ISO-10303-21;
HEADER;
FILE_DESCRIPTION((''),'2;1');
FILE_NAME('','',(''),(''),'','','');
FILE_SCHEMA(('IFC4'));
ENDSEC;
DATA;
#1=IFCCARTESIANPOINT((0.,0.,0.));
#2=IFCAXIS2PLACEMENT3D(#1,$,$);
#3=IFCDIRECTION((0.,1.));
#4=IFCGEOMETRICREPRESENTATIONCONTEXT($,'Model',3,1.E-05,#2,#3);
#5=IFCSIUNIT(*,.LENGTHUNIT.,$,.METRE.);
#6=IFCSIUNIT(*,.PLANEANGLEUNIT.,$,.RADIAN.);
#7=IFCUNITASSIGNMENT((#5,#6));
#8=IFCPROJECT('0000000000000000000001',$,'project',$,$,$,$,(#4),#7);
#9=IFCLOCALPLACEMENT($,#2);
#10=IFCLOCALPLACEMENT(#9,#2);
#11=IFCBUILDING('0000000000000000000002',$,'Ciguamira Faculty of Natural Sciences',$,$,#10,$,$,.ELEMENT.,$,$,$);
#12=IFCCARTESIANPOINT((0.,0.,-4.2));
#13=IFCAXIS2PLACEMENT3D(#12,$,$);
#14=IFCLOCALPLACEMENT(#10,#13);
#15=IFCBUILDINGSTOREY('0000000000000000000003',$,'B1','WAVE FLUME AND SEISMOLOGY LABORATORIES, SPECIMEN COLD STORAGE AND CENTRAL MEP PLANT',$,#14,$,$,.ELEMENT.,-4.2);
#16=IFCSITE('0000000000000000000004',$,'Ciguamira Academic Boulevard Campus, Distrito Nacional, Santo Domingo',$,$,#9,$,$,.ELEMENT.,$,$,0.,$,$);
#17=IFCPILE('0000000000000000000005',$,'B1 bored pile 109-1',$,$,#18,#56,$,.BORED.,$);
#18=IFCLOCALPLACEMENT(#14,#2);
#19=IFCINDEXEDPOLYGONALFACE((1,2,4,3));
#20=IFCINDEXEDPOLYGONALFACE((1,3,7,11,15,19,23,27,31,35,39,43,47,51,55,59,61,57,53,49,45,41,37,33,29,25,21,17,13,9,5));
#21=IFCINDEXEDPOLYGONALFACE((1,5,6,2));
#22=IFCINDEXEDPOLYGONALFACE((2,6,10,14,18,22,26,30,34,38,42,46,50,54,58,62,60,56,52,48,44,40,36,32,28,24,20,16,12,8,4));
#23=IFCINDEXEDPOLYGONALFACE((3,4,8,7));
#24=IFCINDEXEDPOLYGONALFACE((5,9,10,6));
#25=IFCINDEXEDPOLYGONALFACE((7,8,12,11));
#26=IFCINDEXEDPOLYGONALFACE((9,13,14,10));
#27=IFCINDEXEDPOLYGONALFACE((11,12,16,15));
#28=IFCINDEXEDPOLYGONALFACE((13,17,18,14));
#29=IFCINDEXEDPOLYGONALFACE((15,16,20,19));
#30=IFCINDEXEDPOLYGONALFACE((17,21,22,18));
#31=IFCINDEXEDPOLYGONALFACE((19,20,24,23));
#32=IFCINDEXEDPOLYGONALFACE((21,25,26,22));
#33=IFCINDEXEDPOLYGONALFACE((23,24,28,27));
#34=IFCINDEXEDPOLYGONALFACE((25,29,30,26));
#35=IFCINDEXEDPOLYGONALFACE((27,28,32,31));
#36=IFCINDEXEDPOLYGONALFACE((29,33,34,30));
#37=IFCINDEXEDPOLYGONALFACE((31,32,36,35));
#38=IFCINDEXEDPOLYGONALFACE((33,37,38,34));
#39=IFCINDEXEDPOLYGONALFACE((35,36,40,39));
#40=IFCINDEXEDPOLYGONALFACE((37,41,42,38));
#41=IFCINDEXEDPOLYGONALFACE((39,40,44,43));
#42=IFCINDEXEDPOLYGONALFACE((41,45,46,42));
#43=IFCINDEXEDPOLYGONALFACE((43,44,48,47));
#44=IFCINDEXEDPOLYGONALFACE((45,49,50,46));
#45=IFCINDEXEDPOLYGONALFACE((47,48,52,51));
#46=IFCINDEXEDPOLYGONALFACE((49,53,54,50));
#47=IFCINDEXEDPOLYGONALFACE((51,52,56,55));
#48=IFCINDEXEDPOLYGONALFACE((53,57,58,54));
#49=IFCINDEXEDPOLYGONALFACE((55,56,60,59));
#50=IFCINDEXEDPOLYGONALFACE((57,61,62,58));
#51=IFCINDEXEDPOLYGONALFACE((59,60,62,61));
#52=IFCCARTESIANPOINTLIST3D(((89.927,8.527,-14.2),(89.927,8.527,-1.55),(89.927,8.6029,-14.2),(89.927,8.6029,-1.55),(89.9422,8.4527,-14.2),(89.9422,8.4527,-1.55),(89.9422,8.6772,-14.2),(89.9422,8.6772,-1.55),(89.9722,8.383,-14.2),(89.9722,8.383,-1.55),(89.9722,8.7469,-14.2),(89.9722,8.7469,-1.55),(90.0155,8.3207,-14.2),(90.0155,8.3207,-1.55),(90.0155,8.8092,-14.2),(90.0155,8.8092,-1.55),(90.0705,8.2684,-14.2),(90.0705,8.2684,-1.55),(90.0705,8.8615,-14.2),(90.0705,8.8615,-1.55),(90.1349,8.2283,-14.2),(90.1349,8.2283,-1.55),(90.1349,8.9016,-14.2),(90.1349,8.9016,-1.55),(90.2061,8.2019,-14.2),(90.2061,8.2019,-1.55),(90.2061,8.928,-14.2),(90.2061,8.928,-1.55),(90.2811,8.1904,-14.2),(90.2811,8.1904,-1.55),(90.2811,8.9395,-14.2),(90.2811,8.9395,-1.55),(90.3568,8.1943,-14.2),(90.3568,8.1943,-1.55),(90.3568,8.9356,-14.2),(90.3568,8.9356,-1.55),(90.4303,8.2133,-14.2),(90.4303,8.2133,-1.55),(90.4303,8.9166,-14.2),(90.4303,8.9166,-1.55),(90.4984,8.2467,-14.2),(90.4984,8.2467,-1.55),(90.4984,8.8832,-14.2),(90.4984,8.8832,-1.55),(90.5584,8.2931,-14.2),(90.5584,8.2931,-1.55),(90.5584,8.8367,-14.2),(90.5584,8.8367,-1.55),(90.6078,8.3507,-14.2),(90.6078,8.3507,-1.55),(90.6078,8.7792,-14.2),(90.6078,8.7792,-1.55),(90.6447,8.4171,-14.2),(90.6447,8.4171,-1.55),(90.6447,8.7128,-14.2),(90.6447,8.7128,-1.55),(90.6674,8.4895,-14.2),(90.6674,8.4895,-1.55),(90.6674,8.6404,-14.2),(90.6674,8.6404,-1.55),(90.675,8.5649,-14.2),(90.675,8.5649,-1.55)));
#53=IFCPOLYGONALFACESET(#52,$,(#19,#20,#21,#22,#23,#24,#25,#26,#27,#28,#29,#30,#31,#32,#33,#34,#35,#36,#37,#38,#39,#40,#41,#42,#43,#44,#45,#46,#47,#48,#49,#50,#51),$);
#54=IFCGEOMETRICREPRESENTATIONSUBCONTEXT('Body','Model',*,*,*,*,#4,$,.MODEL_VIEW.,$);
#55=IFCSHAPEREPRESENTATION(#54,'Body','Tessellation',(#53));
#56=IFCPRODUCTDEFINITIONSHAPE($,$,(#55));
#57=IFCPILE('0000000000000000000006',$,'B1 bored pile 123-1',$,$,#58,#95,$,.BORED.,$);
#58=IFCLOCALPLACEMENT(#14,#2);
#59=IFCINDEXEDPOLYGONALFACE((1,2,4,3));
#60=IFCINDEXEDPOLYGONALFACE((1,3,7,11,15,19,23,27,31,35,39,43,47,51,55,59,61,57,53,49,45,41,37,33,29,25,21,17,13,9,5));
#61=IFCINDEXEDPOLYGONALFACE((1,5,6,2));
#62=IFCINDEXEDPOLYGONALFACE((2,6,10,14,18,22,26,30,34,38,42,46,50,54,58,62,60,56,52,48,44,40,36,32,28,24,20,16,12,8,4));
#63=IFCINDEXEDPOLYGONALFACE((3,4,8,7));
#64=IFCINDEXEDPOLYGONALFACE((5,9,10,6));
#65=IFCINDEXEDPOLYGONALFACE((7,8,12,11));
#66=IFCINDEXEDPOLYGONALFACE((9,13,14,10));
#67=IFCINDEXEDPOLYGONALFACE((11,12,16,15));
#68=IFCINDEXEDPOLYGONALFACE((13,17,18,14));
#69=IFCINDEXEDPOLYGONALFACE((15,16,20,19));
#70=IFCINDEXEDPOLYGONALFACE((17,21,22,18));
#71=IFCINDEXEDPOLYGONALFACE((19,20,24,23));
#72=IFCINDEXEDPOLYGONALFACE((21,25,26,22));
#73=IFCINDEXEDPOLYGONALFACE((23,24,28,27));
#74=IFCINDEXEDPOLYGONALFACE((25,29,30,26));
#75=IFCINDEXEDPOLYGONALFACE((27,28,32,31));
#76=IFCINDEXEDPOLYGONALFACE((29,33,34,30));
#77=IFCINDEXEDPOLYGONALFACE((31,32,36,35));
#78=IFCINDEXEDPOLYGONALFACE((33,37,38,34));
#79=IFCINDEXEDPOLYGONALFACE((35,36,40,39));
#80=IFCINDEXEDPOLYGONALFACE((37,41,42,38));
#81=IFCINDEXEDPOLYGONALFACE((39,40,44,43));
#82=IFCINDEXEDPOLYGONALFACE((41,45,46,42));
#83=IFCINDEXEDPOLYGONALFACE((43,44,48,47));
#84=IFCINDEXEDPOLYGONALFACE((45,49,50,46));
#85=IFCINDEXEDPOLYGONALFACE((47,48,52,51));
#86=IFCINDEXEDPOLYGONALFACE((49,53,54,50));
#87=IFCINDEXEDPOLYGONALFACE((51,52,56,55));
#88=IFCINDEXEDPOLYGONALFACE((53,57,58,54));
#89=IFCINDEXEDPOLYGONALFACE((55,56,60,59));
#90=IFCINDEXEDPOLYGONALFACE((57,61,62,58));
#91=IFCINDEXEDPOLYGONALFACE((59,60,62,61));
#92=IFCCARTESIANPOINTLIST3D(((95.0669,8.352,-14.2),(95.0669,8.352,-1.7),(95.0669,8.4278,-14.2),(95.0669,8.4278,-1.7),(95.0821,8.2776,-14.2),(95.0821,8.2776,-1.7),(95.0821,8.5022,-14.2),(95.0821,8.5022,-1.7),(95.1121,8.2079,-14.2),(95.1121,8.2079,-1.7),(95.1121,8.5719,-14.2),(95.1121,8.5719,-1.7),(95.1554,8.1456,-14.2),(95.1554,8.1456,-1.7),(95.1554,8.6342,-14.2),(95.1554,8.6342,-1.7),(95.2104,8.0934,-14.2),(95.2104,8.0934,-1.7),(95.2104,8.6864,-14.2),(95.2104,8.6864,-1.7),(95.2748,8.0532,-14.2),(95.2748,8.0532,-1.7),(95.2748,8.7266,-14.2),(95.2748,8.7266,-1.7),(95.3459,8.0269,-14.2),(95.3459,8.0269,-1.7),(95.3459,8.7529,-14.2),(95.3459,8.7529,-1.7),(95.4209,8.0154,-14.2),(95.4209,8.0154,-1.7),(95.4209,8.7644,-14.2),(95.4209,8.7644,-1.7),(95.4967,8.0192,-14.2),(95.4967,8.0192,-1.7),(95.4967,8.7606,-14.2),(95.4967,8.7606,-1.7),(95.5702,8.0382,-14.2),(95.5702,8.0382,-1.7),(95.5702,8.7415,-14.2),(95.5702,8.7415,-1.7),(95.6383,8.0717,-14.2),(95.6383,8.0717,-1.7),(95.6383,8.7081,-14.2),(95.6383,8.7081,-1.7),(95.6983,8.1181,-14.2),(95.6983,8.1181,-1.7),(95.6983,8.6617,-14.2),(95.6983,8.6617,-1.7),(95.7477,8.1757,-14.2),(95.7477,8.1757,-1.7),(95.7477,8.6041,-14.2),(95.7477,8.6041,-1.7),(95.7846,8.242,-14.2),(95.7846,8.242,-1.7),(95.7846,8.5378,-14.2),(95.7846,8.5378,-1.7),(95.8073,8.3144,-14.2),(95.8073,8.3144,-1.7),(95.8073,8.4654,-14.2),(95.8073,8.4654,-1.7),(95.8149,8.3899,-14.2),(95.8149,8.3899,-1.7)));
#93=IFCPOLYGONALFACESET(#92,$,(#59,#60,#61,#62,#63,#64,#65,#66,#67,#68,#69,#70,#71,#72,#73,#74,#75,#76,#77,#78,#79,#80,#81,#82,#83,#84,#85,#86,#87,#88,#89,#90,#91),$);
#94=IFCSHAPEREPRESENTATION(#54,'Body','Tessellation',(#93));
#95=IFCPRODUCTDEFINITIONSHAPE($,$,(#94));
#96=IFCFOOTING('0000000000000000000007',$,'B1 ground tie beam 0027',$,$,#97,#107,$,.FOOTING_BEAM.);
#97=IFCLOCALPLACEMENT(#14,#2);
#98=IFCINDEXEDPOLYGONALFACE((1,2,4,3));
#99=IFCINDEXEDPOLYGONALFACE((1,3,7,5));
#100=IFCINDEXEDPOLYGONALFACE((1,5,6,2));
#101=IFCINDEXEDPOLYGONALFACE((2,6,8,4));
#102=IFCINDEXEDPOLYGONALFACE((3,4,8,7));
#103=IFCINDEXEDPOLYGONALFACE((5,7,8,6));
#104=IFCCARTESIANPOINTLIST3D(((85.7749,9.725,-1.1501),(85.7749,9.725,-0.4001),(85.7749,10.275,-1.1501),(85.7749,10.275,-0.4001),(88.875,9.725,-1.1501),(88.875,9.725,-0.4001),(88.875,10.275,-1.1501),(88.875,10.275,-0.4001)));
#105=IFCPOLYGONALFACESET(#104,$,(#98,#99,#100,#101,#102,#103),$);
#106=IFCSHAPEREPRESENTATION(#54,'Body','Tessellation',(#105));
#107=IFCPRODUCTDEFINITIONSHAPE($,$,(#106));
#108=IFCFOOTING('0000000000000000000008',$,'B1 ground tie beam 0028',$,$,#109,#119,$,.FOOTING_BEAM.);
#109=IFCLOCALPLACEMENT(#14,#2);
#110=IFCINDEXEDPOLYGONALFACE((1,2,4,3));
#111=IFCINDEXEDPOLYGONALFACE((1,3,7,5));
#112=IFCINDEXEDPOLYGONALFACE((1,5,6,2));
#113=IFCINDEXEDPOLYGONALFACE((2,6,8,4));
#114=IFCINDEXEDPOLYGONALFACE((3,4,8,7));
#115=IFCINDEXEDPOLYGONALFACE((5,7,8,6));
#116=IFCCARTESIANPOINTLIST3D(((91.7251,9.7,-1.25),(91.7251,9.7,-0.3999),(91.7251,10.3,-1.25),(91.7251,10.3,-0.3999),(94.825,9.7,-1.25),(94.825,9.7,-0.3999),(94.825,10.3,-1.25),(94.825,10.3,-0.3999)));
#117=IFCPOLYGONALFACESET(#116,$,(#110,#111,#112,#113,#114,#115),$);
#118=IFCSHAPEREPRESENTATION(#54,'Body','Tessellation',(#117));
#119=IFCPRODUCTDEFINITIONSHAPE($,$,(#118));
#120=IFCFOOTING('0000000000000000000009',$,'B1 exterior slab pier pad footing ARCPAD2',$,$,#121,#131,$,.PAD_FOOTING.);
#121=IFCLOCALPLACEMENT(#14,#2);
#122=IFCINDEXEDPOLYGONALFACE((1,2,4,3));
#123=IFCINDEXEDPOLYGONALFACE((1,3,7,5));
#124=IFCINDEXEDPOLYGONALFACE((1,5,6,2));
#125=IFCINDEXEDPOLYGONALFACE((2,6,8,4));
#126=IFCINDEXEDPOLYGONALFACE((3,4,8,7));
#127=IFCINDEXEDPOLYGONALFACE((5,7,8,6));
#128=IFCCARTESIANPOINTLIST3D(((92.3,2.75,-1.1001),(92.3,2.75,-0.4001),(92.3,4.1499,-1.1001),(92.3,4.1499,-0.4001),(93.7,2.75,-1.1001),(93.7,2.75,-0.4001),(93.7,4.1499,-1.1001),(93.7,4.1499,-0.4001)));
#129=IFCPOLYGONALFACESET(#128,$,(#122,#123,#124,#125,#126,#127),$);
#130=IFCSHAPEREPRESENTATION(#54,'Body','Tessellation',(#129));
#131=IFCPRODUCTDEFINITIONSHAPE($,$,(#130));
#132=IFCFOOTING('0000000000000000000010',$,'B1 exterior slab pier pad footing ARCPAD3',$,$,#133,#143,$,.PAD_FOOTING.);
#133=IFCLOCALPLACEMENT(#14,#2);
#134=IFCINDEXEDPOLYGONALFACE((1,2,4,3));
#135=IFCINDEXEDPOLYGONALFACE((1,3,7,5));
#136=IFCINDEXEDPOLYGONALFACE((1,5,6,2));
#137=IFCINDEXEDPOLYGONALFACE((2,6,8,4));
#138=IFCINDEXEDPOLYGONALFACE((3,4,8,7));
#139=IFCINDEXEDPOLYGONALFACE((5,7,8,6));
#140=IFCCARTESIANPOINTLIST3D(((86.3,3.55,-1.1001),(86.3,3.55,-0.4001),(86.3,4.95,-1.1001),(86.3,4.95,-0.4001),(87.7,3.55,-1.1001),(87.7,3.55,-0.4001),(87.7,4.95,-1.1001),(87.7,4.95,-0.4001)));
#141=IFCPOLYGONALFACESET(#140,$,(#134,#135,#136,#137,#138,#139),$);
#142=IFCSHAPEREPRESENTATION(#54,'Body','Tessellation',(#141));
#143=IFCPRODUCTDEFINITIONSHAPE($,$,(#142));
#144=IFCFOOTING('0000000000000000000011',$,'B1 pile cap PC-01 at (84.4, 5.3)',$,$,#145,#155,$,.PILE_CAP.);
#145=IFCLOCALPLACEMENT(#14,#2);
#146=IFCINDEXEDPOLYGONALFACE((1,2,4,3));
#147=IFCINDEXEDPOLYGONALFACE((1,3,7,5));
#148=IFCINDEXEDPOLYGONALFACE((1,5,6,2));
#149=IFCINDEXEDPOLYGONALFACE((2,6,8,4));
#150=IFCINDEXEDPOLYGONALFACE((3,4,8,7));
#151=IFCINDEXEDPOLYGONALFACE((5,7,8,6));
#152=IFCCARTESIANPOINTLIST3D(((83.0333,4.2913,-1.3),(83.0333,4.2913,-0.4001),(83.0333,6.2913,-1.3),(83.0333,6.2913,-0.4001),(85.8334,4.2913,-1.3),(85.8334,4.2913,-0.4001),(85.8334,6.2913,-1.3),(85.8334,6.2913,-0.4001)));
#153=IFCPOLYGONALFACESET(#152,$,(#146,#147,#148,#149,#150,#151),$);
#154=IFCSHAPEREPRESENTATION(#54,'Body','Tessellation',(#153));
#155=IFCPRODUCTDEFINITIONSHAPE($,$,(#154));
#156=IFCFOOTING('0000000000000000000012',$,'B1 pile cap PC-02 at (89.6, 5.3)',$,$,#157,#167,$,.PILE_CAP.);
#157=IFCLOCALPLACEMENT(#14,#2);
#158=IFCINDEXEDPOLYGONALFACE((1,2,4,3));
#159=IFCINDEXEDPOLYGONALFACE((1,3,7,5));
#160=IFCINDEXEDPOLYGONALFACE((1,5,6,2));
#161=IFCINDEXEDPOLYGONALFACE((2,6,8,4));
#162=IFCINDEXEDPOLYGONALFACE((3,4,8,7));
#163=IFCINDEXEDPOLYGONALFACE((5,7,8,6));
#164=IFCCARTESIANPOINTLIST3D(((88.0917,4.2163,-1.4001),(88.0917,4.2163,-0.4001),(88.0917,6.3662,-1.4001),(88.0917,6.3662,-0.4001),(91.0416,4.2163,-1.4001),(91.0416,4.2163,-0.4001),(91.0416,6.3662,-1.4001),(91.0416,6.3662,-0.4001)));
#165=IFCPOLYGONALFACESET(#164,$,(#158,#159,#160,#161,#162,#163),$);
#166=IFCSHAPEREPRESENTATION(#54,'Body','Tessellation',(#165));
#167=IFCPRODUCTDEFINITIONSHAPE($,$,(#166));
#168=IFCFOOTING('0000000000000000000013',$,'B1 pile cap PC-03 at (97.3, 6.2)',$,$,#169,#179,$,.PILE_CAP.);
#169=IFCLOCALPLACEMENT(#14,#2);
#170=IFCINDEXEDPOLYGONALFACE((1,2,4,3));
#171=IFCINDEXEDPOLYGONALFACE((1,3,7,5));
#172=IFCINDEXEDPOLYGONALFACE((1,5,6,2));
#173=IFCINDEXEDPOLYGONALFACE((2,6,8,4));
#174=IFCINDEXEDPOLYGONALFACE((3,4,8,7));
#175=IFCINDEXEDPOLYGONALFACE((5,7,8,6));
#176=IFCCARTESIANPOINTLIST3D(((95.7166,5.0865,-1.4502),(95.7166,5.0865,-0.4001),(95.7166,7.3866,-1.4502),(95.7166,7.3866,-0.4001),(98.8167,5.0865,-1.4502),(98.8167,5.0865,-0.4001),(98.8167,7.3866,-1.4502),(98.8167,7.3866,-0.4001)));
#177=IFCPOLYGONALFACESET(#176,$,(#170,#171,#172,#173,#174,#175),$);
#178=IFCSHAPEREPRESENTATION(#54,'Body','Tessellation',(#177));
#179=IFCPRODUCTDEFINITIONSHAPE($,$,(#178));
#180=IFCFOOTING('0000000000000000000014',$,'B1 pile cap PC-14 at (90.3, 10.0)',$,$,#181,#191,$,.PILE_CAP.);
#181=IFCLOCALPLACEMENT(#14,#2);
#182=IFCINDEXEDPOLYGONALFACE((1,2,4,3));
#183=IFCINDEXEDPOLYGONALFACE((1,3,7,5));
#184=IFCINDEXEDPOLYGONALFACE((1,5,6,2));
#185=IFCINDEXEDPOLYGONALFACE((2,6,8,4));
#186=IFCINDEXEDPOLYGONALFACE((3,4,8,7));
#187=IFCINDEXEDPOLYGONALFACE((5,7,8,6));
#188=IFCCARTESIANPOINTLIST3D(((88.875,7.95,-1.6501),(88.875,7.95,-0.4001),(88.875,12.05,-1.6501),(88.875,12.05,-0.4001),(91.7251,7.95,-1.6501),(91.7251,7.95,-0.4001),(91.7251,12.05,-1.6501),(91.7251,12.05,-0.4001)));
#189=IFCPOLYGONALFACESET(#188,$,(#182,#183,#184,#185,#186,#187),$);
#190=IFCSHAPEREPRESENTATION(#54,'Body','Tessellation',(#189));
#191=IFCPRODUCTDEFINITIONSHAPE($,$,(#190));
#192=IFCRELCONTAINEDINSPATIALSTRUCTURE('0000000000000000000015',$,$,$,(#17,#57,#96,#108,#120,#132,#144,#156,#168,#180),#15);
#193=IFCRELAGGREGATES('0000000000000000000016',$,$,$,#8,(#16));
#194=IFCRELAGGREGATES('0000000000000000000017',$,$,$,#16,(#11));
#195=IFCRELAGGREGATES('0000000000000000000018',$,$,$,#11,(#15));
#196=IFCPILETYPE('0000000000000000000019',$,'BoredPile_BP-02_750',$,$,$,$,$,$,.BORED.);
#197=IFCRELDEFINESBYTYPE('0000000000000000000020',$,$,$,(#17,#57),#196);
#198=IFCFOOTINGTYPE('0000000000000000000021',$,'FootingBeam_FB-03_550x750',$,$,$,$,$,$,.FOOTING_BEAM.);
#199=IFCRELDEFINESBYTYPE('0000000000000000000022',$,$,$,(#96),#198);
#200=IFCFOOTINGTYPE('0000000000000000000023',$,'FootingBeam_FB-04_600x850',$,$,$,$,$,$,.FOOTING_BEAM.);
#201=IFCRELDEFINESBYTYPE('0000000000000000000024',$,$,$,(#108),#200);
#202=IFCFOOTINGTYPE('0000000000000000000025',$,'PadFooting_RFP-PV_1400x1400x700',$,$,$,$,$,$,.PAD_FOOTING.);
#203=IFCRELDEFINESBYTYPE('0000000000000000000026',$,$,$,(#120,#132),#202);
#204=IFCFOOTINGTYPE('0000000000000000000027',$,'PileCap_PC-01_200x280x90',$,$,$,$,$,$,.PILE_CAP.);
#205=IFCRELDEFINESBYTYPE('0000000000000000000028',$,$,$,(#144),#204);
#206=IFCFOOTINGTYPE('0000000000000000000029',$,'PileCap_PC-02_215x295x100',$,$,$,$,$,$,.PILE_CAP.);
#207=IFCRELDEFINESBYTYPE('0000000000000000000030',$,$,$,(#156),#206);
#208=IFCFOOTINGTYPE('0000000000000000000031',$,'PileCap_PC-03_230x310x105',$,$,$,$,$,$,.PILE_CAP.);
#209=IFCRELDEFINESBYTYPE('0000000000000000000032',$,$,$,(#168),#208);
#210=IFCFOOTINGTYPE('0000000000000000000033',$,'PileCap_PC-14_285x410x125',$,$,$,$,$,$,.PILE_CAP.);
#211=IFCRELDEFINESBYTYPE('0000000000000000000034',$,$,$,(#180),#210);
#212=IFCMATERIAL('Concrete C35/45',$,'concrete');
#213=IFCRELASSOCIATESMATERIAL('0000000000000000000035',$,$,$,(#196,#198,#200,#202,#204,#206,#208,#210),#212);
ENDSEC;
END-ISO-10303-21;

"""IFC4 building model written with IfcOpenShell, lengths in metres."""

from ifc_helpers import new_model, si_unit, direction, frame, origin, origin_2d, place, context, subcontext, project, spatial, rectangle, circle, extrude, material, material_profile, profile_set, type_object, element, save


model = new_model("IFC4")

# Units and contexts
model_context = context("Model", 3, precision=1e-05, world=origin(), true_north=direction((0.0, 1.0)))
body_context = subcontext(model_context, "Body", "Model", "MODEL_VIEW")
ifc_project = project(units=[si_unit("LENGTHUNIT", "METRE"), si_unit("PLANEANGLEUNIT", "RADIAN")], contexts=[model_context])

# Site, building, storey
site_placement = place(None, origin())
site = spatial("IfcSite", under=ifc_project, at=site_placement, Name="Ciguamira Academic Boulevard Campus, Distrito Nacional, Santo Domingo", CompositionType="ELEMENT", RefElevation=0.0)
building_placement = place(site_placement, origin())
building = spatial("IfcBuilding", under=site, at=building_placement, Name="Ciguamira Faculty of Natural Sciences", CompositionType="ELEMENT")
storey_placement = place(building_placement, frame((0.0, 0.0, -4.2)))
storey = spatial("IfcBuildingStorey", under=building, at=storey_placement, Name="B1", Description="WAVE FLUME AND SEISMOLOGY LABORATORIES, SPECIMEN COLD STORAGE AND CENTRAL MEP PLANT", CompositionType="ELEMENT", Elevation=-4.2)

# Piles
ifc_material_1 = material(Name="Concrete C35/45", Category="concrete")
ifc_material_profile_1 = material_profile(ifc_material_1, circle(Radius=0.375, at=origin_2d()), Name="PILE-BORED-750")
ifc_profile_set_1 = profile_set([ifc_material_profile_1], Name="Concrete C35/45")
pile_type_1 = type_object("IfcPileType", Name="BoredPile_BP-02_750", PredefinedType="BORED", material=ifc_profile_set_1)
pile_1_placement = place(storey_placement, frame((90.3, 8.5649, -1.55), z_axis=(0.0, 0.0, -1.0), x_axis=(1.0, 0.0, 0.0)))
element("IfcPile", 1, at=pile_1_placement, inside=storey, type_object=pile_type_1, Name="B1 bored pile 109-1", PredefinedType="BORED", context=body_context, shape_type="SweptSolid", body=[
    extrude(circle(Radius=0.375, at=origin_2d()), origin(), (0.0, 0.0, 1.0), 12.6499),
])
pile_2_placement = place(storey_placement, frame((95.4399, 8.3899, -1.7), z_axis=(0.0, 0.0, -1.0), x_axis=(1.0, 0.0, 0.0)))
element("IfcPile", 2, at=pile_2_placement, inside=storey, type_object=pile_type_1, Name="B1 bored pile 123-1", PredefinedType="BORED", context=body_context, shape_type="SweptSolid", body=[
    extrude(circle(Radius=0.375, at=origin_2d()), origin(), (0.0, 0.0, 1.0), 12.5),
])

# Footings
ifc_material_profile_2 = material_profile(ifc_material_1, rectangle(XDim=0.55, YDim=0.75, at=origin_2d()), Name="RC-FB-550X750")
ifc_profile_set_2 = profile_set([ifc_material_profile_2], Name="Concrete C35/45")
footing_type_1 = type_object("IfcFootingType", Name="FootingBeam_FB-03_550x750", PredefinedType="FOOTING_BEAM", material=ifc_profile_set_2)
footing_1_placement = place(storey_placement, frame((85.7749, 10.0, -0.7751), z_axis=(1.0, 0.0, 0.0), x_axis=(0.0, 1.0, 0.0)))
element("IfcFooting", 3, at=footing_1_placement, inside=storey, type_object=footing_type_1, Name="B1 ground tie beam 0027", PredefinedType="FOOTING_BEAM", context=body_context, shape_type="SweptSolid", body=[
    extrude(rectangle(XDim=0.55, YDim=0.75, at=origin_2d()), origin(), (0.0, 0.0, 1.0), 3.1001),
])
ifc_material_profile_3 = material_profile(ifc_material_1, rectangle(XDim=0.6001, YDim=0.8501, at=origin_2d()), Name="RC-FB-600X850")
ifc_profile_set_3 = profile_set([ifc_material_profile_3], Name="Concrete C35/45")
footing_type_2 = type_object("IfcFootingType", Name="FootingBeam_FB-04_600x850", PredefinedType="FOOTING_BEAM", material=ifc_profile_set_3)
footing_2_placement = place(storey_placement, frame((91.7251, 10.0, -0.825), z_axis=(1.0, 0.0, 0.0), x_axis=(0.0, 1.0, 0.0)))
element("IfcFooting", 4, at=footing_2_placement, inside=storey, type_object=footing_type_2, Name="B1 ground tie beam 0028", PredefinedType="FOOTING_BEAM", context=body_context, shape_type="SweptSolid", body=[
    extrude(rectangle(XDim=0.6001, YDim=0.8501, at=origin_2d()), origin(), (0.0, 0.0, 1.0), 3.0999),
])
footing_type_3 = type_object("IfcFootingType", Name="PadFooting_RFP-PV_1400x1400x700", PredefinedType="PAD_FOOTING", material=ifc_material_1)
for number, where, z_axis, x_axis, name in (
    (5, (93.0, 3.45, -1.1001), (0.0, 0.0, 1.0), (1.0, 0.0, 0.0), "B1 exterior slab pier pad footing ARCPAD2"),
    (6, (87.0, 4.25, -1.1001), (0.0, 0.0, 1.0), (1.0, 0.0, 0.0), "B1 exterior slab pier pad footing ARCPAD3"),
):
    element("IfcFooting", number, at=place(storey_placement, frame(where, z_axis=z_axis, x_axis=x_axis)), inside=storey, type_object=footing_type_3, Name=name, PredefinedType="PAD_FOOTING", context=body_context, shape_type="SweptSolid", body=[
        extrude(rectangle(XDim=1.3999, YDim=1.3999, at=origin_2d()), origin(), (0.0, 0.0, 1.0), 0.7),
    ])
footing_type_4 = type_object("IfcFootingType", Name="PileCap_PC-01_200x280x90", PredefinedType="PILE_CAP", material=ifc_material_1)
footing_3_placement = place(storey_placement, frame((84.4333, 5.2913, -1.3), z_axis=(0.0, 0.0, 1.0), x_axis=(0.0, 1.0, 0.0)))
element("IfcFooting", 7, at=footing_3_placement, inside=storey, type_object=footing_type_4, Name="B1 pile cap PC-01 at (84.4, 5.3)", PredefinedType="PILE_CAP", context=body_context, shape_type="SweptSolid", body=[
    extrude(rectangle(XDim=2.0, YDim=2.8, at=origin_2d()), origin(), (0.0, 0.0, 1.0), 0.8999),
])
footing_type_5 = type_object("IfcFootingType", Name="PileCap_PC-02_215x295x100", PredefinedType="PILE_CAP", material=ifc_material_1)
footing_4_placement = place(storey_placement, frame((89.5667, 5.2913, -1.4001), z_axis=(0.0, 0.0, 1.0), x_axis=(0.0, 1.0, 0.0)))
element("IfcFooting", 8, at=footing_4_placement, inside=storey, type_object=footing_type_5, Name="B1 pile cap PC-02 at (89.6, 5.3)", PredefinedType="PILE_CAP", context=body_context, shape_type="SweptSolid", body=[
    extrude(rectangle(XDim=2.1499, YDim=2.95, at=origin_2d()), origin(), (0.0, 0.0, 1.0), 1.0),
])
footing_type_6 = type_object("IfcFootingType", Name="PileCap_PC-03_230x310x105", PredefinedType="PILE_CAP", material=ifc_material_1)
footing_5_placement = place(storey_placement, frame((97.2666, 6.2366, -1.4502), z_axis=(0.0, 0.0, 1.0), x_axis=(0.0, 1.0, 0.0)))
element("IfcFooting", 9, at=footing_5_placement, inside=storey, type_object=footing_type_6, Name="B1 pile cap PC-03 at (97.3, 6.2)", PredefinedType="PILE_CAP", context=body_context, shape_type="SweptSolid", body=[
    extrude(rectangle(XDim=2.3, YDim=3.1001, at=origin_2d()), origin(), (0.0, 0.0, 1.0), 1.05),
])
footing_type_7 = type_object("IfcFootingType", Name="PileCap_PC-14_285x410x125", PredefinedType="PILE_CAP", material=ifc_material_1)
footing_6_placement = place(storey_placement, frame((90.3, 10.0, -1.6501), z_axis=(0.0, 0.0, 1.0), x_axis=(1.0, 0.0, 0.0)))
element("IfcFooting", 10, at=footing_6_placement, inside=storey, type_object=footing_type_7, Name="B1 pile cap PC-14 at (90.3, 10.0)", PredefinedType="PILE_CAP", context=body_context, shape_type="SweptSolid", body=[
    extrude(rectangle(XDim=2.8501, YDim=4.1001, at=origin_2d()), origin(), (0.0, 0.0, 1.0), 1.25),
])

save(model, "model.ifc")
